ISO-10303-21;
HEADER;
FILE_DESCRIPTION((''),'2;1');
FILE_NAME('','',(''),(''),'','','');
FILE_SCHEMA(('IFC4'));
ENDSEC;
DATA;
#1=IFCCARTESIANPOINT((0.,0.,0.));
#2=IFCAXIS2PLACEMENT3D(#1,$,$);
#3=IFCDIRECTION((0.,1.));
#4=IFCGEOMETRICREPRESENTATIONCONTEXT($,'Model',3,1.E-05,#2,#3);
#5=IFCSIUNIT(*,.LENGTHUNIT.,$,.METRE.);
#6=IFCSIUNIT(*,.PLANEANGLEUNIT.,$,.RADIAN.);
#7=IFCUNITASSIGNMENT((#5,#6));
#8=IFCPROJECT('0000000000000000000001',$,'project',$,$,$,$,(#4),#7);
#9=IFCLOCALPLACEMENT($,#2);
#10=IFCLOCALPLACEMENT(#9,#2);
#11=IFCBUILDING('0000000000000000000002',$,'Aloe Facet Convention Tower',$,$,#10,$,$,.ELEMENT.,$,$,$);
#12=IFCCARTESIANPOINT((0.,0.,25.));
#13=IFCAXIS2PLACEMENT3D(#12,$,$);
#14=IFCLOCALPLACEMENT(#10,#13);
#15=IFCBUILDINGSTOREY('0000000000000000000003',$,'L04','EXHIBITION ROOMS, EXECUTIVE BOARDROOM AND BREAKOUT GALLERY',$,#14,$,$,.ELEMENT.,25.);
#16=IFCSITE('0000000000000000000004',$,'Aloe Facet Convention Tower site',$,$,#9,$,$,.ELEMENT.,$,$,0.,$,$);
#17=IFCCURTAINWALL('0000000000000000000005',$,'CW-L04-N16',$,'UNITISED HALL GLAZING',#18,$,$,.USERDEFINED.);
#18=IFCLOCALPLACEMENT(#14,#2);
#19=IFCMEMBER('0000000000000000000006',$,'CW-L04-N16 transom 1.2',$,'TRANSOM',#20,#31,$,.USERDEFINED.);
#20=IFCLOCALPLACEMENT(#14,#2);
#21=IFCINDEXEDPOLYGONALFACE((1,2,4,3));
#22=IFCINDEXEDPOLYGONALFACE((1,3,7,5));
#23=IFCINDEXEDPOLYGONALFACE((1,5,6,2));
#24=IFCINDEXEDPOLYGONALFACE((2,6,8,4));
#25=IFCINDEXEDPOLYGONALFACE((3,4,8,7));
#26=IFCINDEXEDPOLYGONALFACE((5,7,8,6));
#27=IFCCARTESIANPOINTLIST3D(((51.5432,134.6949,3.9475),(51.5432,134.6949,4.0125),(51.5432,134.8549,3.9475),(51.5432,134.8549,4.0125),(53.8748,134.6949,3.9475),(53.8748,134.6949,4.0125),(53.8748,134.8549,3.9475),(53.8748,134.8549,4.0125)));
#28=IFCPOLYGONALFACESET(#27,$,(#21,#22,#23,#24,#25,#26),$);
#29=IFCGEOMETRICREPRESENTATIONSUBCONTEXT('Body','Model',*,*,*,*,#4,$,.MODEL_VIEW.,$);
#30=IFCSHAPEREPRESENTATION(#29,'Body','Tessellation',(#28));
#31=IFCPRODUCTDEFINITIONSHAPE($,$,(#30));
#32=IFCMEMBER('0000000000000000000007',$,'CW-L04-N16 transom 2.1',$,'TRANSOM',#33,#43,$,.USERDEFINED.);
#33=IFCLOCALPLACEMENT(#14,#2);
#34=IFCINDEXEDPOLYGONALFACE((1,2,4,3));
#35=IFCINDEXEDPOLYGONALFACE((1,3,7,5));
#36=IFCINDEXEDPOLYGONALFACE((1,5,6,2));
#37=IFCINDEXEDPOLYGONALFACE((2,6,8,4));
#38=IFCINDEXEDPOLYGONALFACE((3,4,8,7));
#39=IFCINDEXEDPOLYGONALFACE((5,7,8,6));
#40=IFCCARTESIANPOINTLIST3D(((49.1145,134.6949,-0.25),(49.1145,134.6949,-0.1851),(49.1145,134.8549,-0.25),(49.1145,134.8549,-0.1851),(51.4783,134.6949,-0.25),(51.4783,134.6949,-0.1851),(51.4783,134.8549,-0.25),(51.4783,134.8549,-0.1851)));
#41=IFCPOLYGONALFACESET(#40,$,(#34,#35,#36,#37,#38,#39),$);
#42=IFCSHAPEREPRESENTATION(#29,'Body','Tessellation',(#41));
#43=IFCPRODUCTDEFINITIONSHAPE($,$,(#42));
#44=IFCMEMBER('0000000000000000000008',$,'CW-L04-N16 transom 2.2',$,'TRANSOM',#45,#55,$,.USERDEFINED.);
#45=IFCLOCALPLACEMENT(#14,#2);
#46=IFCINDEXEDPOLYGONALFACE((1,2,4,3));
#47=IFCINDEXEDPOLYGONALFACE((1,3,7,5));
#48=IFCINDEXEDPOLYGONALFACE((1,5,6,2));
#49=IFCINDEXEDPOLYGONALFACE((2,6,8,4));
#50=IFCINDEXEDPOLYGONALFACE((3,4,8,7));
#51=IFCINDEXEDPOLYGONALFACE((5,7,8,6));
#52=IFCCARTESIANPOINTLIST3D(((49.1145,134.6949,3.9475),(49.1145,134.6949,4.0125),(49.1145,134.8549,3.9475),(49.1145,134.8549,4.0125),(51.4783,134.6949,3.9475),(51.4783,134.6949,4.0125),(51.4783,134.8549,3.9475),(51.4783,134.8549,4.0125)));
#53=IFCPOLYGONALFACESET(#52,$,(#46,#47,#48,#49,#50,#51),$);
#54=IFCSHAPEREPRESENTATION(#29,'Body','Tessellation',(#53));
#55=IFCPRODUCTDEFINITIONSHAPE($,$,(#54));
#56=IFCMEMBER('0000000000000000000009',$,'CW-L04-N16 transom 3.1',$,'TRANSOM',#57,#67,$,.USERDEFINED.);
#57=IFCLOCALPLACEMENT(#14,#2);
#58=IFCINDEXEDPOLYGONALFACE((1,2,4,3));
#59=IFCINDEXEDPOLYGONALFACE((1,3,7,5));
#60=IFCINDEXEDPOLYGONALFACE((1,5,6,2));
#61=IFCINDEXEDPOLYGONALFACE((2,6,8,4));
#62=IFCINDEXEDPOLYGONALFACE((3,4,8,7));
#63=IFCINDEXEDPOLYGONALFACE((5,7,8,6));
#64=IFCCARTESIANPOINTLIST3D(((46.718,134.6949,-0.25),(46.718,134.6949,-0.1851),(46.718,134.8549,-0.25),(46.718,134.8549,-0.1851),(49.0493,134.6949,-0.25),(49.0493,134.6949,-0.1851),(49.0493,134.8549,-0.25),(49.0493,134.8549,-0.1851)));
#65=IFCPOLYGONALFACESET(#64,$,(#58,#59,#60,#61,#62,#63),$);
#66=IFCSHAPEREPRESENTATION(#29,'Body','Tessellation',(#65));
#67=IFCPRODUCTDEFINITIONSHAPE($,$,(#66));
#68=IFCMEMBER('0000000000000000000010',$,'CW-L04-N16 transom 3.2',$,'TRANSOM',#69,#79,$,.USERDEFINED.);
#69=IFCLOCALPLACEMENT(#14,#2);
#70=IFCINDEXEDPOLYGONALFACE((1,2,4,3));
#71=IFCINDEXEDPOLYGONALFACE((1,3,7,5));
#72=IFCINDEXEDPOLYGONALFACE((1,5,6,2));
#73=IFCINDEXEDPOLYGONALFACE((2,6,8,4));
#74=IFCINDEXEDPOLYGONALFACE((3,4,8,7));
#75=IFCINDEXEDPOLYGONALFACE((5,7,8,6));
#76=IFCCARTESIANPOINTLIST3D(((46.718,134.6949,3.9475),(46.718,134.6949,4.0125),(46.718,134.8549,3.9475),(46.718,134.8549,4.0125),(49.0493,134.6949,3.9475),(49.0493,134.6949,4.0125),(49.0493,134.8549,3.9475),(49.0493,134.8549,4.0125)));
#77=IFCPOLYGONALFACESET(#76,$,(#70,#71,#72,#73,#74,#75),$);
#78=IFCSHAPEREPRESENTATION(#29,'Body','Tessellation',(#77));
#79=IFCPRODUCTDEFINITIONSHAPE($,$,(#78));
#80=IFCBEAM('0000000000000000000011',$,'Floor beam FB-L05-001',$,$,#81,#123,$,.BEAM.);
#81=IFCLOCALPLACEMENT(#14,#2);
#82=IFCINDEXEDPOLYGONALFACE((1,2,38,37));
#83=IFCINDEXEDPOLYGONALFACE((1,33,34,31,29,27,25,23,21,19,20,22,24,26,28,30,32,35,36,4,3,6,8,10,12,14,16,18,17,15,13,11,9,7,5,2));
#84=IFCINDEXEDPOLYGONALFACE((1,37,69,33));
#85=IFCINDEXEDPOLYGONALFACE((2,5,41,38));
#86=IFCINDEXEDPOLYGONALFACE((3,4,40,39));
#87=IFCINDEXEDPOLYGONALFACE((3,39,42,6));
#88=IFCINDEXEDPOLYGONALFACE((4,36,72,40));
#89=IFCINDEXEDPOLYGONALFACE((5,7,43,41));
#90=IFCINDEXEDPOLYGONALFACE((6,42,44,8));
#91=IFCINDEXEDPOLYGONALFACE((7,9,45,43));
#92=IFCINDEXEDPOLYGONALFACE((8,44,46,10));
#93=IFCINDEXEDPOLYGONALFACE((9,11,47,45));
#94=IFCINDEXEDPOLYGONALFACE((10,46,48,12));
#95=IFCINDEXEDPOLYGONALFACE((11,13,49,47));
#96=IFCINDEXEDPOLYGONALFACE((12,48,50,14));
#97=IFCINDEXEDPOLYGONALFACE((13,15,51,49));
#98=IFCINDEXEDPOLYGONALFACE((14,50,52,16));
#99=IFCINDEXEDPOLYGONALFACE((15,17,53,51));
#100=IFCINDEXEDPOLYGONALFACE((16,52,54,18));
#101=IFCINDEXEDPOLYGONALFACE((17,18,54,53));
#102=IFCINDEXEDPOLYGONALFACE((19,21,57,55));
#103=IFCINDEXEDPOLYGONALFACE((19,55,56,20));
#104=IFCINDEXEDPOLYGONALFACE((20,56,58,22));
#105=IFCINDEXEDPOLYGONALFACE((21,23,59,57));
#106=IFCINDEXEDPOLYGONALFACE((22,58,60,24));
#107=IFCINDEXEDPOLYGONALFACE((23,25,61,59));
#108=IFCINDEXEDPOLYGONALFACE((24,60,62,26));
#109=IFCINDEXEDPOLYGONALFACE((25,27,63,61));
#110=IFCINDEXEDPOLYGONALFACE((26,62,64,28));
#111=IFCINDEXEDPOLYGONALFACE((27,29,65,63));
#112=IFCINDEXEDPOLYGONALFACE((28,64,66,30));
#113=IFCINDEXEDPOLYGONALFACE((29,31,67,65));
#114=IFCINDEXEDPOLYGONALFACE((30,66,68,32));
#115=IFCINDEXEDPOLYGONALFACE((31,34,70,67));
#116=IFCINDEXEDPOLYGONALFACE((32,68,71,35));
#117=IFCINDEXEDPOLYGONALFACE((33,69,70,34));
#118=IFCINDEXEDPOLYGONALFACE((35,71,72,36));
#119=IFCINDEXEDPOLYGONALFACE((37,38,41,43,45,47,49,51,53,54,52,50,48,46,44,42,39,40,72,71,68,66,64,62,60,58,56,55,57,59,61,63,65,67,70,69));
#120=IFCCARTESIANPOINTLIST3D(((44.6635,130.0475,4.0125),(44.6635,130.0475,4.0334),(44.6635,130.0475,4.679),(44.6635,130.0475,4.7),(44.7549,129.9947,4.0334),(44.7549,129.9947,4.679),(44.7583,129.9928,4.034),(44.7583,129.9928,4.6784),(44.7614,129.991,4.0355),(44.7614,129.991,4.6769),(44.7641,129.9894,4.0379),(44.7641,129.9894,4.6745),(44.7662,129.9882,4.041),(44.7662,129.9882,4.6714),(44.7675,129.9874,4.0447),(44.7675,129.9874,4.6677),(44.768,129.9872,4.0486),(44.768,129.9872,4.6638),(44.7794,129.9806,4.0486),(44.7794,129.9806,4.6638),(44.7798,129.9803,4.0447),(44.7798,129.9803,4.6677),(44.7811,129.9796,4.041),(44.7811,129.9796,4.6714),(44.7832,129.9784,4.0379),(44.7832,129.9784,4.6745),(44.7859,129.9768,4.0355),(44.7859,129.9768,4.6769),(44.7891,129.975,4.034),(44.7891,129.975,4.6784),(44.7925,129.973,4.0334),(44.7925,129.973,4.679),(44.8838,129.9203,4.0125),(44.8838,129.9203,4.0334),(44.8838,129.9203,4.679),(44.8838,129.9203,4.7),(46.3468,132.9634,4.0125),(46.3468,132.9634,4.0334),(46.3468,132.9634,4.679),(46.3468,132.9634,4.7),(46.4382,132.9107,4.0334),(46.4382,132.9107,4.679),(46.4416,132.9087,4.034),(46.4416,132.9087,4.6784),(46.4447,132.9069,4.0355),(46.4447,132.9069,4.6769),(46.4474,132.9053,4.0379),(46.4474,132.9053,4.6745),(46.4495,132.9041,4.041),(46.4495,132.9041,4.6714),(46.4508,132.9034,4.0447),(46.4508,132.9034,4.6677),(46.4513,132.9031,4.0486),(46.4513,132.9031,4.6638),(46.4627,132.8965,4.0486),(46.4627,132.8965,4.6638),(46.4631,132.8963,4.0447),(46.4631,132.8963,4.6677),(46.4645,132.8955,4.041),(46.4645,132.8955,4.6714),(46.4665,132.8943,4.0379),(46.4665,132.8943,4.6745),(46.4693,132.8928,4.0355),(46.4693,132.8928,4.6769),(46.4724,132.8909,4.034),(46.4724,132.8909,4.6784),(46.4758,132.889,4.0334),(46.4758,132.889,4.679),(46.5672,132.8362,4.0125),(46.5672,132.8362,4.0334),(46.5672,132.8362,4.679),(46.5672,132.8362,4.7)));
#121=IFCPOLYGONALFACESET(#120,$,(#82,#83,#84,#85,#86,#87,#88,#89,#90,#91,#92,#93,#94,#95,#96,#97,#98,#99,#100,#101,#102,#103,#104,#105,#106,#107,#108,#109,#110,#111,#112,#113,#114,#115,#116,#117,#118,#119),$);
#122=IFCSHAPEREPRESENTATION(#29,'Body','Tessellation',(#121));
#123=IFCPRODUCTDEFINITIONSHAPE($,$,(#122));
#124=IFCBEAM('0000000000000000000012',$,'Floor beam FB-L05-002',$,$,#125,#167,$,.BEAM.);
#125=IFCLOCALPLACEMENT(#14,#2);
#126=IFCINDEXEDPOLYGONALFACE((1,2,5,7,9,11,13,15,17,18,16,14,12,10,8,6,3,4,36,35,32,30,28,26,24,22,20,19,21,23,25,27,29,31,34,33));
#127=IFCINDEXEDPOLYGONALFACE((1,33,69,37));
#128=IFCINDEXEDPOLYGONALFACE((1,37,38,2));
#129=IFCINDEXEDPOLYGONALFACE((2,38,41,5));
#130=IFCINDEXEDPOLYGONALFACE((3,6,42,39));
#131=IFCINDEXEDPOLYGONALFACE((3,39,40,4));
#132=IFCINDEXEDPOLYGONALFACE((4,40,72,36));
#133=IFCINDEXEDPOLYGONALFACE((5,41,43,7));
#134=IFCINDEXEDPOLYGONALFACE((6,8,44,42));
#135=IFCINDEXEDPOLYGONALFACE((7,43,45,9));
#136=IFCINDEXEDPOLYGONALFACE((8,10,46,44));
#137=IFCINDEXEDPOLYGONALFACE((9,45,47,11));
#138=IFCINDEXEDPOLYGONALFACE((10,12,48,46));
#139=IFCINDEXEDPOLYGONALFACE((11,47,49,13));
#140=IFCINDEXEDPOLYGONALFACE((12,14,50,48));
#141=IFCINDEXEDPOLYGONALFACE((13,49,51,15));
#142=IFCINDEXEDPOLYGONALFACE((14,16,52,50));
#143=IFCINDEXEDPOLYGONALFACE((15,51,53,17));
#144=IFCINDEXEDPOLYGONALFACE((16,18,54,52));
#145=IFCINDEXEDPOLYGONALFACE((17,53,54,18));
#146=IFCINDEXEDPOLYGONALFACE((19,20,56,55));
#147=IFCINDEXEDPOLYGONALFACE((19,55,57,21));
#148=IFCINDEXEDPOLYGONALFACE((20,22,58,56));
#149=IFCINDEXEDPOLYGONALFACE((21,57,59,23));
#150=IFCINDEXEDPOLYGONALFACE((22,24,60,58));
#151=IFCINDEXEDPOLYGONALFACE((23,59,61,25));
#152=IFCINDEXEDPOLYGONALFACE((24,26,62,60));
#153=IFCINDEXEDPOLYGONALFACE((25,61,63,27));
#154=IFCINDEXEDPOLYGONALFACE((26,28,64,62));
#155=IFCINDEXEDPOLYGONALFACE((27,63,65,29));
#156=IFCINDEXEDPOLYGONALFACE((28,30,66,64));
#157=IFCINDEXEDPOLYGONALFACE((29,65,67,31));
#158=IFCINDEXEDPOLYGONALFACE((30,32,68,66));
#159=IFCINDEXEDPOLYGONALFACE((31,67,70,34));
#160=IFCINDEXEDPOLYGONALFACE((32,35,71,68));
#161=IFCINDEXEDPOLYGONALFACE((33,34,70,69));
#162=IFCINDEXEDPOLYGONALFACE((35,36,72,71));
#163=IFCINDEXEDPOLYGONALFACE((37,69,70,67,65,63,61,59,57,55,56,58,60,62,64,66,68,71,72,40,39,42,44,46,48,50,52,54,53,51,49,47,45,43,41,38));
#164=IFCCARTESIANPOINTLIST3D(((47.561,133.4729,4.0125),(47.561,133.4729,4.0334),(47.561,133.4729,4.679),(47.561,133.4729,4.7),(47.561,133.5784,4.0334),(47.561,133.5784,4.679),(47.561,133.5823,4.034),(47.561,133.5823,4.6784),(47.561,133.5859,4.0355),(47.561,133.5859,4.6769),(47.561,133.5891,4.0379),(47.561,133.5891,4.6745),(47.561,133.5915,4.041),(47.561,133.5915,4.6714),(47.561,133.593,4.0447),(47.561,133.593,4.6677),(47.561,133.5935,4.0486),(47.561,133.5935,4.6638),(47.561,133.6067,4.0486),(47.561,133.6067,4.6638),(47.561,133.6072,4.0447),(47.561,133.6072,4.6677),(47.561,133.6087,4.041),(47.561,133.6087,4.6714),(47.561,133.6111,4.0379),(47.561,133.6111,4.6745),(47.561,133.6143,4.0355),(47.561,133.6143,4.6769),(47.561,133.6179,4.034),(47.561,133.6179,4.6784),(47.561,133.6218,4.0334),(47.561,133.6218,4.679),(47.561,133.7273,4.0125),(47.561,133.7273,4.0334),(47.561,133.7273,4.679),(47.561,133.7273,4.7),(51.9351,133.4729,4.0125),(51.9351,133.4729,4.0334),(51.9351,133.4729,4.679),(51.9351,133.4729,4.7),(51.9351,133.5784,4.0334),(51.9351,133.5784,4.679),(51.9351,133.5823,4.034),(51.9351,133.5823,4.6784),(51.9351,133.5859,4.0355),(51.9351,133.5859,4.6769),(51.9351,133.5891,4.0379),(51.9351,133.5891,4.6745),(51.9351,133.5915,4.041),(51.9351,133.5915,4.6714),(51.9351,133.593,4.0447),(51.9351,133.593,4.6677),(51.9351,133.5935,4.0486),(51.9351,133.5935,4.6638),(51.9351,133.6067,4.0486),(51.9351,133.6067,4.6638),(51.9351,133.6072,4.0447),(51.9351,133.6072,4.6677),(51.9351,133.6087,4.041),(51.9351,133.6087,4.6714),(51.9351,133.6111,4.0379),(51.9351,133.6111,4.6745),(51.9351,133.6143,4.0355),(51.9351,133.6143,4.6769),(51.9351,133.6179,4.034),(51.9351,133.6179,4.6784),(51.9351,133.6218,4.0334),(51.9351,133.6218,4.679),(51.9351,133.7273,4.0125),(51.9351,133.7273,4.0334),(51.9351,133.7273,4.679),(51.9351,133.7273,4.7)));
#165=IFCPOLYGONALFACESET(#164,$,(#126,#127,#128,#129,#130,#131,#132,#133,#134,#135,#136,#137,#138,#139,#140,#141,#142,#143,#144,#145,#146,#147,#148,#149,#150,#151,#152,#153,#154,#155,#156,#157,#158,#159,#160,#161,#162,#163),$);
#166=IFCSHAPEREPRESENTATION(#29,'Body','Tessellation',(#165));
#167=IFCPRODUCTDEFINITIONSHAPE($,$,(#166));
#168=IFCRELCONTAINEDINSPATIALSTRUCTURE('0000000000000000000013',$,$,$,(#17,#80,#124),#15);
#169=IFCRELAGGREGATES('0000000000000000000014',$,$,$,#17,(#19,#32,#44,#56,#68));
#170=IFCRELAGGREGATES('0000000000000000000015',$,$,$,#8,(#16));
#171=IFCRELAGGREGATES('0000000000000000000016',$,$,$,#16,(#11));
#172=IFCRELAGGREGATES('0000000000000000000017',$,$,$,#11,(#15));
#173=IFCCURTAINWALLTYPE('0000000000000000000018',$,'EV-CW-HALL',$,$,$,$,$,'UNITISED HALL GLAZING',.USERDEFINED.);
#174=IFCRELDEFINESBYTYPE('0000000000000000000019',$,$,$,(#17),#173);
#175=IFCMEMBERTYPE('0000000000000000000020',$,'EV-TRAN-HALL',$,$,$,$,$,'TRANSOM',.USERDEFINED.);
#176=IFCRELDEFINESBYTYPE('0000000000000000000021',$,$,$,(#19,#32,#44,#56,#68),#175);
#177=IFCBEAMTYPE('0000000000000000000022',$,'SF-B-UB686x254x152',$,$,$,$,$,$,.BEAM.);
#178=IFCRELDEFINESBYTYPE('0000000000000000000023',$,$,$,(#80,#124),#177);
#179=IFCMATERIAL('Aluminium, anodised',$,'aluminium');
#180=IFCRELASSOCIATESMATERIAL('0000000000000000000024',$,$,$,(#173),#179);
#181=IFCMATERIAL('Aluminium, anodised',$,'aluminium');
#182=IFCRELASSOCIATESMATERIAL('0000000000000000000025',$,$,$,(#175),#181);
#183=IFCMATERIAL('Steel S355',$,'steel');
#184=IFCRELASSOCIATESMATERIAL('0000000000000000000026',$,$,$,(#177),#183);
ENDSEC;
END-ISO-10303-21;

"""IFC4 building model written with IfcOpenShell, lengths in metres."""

from ifc_helpers import new_model, si_unit, direction, frame, origin, origin_2d, place, context, subcontext, project, spatial, rectangle, i_section, extrude, material, material_profile, profile_set, type_object, element, aggregate, save


model = new_model("IFC4")

# Units and contexts
model_context = context("Model", 3, precision=1e-05, world=origin(), true_north=direction((0.0, 1.0)))
body_context = subcontext(model_context, "Body", "Model", "MODEL_VIEW")
ifc_project = project(units=[si_unit("LENGTHUNIT", "METRE"), si_unit("PLANEANGLEUNIT", "RADIAN")], contexts=[model_context])

# Site, building, storey
site_placement = place(None, origin())
site = spatial("IfcSite", under=ifc_project, at=site_placement, Name="Aloe Facet Convention Tower site", CompositionType="ELEMENT", RefElevation=0.0)
building_placement = place(site_placement, origin())
building = spatial("IfcBuilding", under=site, at=building_placement, Name="Aloe Facet Convention Tower", CompositionType="ELEMENT")
storey_placement = place(building_placement, frame((0.0, 0.0, 25.0)))
storey = spatial("IfcBuildingStorey", under=building, at=storey_placement, Name="L04", Description="EXHIBITION ROOMS, EXECUTIVE BOARDROOM AND BREAKOUT GALLERY", CompositionType="ELEMENT", Elevation=25.0)

# Shared definitions
ifc_material_1 = material(Name="Aluminium, anodised", Category="aluminium")
curtain_wall_type = type_object("IfcCurtainWallType", Name="EV-CW-HALL", ElementType="UNITISED HALL GLAZING", PredefinedType="USERDEFINED", material=ifc_material_1)

# Curtain wall
curtain_wall_1_placement = place(storey_placement, origin())
curtain_wall_1 = element("IfcCurtainWall", 1, at=curtain_wall_1_placement, inside=storey, type_object=curtain_wall_type, Name="CW-L04-N16", ObjectType="UNITISED HALL GLAZING", PredefinedType="USERDEFINED")

# Members
ifc_material_2 = material(Name="Aluminium, anodised", Category="aluminium")
ifc_material_profile_1 = material_profile(ifc_material_2, rectangle(XDim=0.1599, YDim=0.0649, at=origin_2d()), Name="AL 160x65")
ifc_profile_set_1 = profile_set([ifc_material_profile_1], Name="Aluminium, anodised")
member_type_1 = type_object("IfcMemberType", Name="EV-TRAN-HALL", ElementType="TRANSOM", PredefinedType="USERDEFINED", material=ifc_profile_set_1)
member_1_placement = place(storey_placement, frame((53.8748, 134.7749, 3.98), z_axis=(-1.0, 0.0, 0.0), x_axis=(0.0, -1.0, 0.0)))
member_1 = element("IfcMember", 2, at=member_1_placement, type_object=member_type_1, Name="CW-L04-N16 transom 1.2", ObjectType="TRANSOM", PredefinedType="USERDEFINED", context=body_context, shape_type="SweptSolid", body=[
    extrude(rectangle(XDim=0.1599, YDim=0.0649, at=origin_2d()), origin(), (0.0, 0.0, 1.0), 2.3315),
])
member_2_placement = place(storey_placement, frame((51.4783, 134.7749, -0.2175), z_axis=(-1.0, 0.0, 0.0), x_axis=(0.0, -1.0, 0.0)))
member_2 = element("IfcMember", 3, at=member_2_placement, type_object=member_type_1, Name="CW-L04-N16 transom 2.1", ObjectType="TRANSOM", PredefinedType="USERDEFINED", context=body_context, shape_type="SweptSolid", body=[
    extrude(rectangle(XDim=0.1599, YDim=0.0649, at=origin_2d()), origin(), (0.0, 0.0, 1.0), 2.3638),
])
member_3_placement = place(storey_placement, frame((51.4783, 134.7749, 3.98), z_axis=(-1.0, 0.0, 0.0), x_axis=(0.0, -1.0, 0.0)))
member_3 = element("IfcMember", 4, at=member_3_placement, type_object=member_type_1, Name="CW-L04-N16 transom 2.2", ObjectType="TRANSOM", PredefinedType="USERDEFINED", context=body_context, shape_type="SweptSolid", body=[
    extrude(rectangle(XDim=0.1599, YDim=0.0649, at=origin_2d()), origin(), (0.0, 0.0, 1.0), 2.3638),
])
member_4_placement = place(storey_placement, frame((49.0493, 134.7749, -0.2175), z_axis=(-1.0, 0.0, 0.0), x_axis=(0.0, -1.0, 0.0)))
member_4 = element("IfcMember", 5, at=member_4_placement, type_object=member_type_1, Name="CW-L04-N16 transom 3.1", ObjectType="TRANSOM", PredefinedType="USERDEFINED", context=body_context, shape_type="SweptSolid", body=[
    extrude(rectangle(XDim=0.1599, YDim=0.0649, at=origin_2d()), origin(), (0.0, 0.0, 1.0), 2.3313),
])
member_5_placement = place(storey_placement, frame((49.0493, 134.7749, 3.98), z_axis=(-1.0, 0.0, 0.0), x_axis=(0.0, -1.0, 0.0)))
member_5 = element("IfcMember", 6, at=member_5_placement, type_object=member_type_1, Name="CW-L04-N16 transom 3.2", ObjectType="TRANSOM", PredefinedType="USERDEFINED", context=body_context, shape_type="SweptSolid", body=[
    extrude(rectangle(XDim=0.1599, YDim=0.0649, at=origin_2d()), origin(), (0.0, 0.0, 1.0), 2.3313),
])

# Beams
ifc_material_3 = material(Name="Steel S355", Category="steel")
ifc_material_profile_2 = material_profile(ifc_material_3, i_section(OverallWidth=0.2544, OverallDepth=0.6875, WebThickness=0.0132, FlangeThickness=0.021, FilletRadius=0.0151, at=origin_2d()), Name="UB 686x254x152")
ifc_profile_set_2 = profile_set([ifc_material_profile_2], Name="Steel S355")
beam_type_1 = type_object("IfcBeamType", Name="SF-B-UB686x254x152", PredefinedType="BEAM", material=ifc_profile_set_2)
beam_1_placement = place(storey_placement, frame((44.7737, 129.9839, 4.3562), z_axis=(0.499953, 0.866053, 0.0), x_axis=(-0.866053, 0.499953, 0.0)))
element("IfcBeam", 7, at=beam_1_placement, inside=storey, type_object=beam_type_1, Name="Floor beam FB-L05-001", PredefinedType="BEAM", context=body_context, shape_type="SweptSolid", body=[
    extrude(i_section(OverallWidth=0.2544, OverallDepth=0.6875, WebThickness=0.0132, FlangeThickness=0.021, FilletRadius=0.0151, at=origin_2d()), origin(), (0.0, 0.0, 1.0), 3.3669),
])
beam_2_placement = place(storey_placement, frame((47.561, 133.6001, 4.3562), z_axis=(1.0, 0.0, 0.0), x_axis=(0.0, 1.0, 0.0)))
element("IfcBeam", 8, at=beam_2_placement, inside=storey, type_object=beam_type_1, Name="Floor beam FB-L05-002", PredefinedType="BEAM", context=body_context, shape_type="SweptSolid", body=[
    extrude(i_section(OverallWidth=0.2544, OverallDepth=0.6875, WebThickness=0.0132, FlangeThickness=0.021, FilletRadius=0.0151, at=origin_2d()), origin(), (0.0, 0.0, 1.0), 4.374),
])

aggregate(curtain_wall_1, [member_1, member_2, member_3, member_4, member_5])

save(model, "model.ifc")
